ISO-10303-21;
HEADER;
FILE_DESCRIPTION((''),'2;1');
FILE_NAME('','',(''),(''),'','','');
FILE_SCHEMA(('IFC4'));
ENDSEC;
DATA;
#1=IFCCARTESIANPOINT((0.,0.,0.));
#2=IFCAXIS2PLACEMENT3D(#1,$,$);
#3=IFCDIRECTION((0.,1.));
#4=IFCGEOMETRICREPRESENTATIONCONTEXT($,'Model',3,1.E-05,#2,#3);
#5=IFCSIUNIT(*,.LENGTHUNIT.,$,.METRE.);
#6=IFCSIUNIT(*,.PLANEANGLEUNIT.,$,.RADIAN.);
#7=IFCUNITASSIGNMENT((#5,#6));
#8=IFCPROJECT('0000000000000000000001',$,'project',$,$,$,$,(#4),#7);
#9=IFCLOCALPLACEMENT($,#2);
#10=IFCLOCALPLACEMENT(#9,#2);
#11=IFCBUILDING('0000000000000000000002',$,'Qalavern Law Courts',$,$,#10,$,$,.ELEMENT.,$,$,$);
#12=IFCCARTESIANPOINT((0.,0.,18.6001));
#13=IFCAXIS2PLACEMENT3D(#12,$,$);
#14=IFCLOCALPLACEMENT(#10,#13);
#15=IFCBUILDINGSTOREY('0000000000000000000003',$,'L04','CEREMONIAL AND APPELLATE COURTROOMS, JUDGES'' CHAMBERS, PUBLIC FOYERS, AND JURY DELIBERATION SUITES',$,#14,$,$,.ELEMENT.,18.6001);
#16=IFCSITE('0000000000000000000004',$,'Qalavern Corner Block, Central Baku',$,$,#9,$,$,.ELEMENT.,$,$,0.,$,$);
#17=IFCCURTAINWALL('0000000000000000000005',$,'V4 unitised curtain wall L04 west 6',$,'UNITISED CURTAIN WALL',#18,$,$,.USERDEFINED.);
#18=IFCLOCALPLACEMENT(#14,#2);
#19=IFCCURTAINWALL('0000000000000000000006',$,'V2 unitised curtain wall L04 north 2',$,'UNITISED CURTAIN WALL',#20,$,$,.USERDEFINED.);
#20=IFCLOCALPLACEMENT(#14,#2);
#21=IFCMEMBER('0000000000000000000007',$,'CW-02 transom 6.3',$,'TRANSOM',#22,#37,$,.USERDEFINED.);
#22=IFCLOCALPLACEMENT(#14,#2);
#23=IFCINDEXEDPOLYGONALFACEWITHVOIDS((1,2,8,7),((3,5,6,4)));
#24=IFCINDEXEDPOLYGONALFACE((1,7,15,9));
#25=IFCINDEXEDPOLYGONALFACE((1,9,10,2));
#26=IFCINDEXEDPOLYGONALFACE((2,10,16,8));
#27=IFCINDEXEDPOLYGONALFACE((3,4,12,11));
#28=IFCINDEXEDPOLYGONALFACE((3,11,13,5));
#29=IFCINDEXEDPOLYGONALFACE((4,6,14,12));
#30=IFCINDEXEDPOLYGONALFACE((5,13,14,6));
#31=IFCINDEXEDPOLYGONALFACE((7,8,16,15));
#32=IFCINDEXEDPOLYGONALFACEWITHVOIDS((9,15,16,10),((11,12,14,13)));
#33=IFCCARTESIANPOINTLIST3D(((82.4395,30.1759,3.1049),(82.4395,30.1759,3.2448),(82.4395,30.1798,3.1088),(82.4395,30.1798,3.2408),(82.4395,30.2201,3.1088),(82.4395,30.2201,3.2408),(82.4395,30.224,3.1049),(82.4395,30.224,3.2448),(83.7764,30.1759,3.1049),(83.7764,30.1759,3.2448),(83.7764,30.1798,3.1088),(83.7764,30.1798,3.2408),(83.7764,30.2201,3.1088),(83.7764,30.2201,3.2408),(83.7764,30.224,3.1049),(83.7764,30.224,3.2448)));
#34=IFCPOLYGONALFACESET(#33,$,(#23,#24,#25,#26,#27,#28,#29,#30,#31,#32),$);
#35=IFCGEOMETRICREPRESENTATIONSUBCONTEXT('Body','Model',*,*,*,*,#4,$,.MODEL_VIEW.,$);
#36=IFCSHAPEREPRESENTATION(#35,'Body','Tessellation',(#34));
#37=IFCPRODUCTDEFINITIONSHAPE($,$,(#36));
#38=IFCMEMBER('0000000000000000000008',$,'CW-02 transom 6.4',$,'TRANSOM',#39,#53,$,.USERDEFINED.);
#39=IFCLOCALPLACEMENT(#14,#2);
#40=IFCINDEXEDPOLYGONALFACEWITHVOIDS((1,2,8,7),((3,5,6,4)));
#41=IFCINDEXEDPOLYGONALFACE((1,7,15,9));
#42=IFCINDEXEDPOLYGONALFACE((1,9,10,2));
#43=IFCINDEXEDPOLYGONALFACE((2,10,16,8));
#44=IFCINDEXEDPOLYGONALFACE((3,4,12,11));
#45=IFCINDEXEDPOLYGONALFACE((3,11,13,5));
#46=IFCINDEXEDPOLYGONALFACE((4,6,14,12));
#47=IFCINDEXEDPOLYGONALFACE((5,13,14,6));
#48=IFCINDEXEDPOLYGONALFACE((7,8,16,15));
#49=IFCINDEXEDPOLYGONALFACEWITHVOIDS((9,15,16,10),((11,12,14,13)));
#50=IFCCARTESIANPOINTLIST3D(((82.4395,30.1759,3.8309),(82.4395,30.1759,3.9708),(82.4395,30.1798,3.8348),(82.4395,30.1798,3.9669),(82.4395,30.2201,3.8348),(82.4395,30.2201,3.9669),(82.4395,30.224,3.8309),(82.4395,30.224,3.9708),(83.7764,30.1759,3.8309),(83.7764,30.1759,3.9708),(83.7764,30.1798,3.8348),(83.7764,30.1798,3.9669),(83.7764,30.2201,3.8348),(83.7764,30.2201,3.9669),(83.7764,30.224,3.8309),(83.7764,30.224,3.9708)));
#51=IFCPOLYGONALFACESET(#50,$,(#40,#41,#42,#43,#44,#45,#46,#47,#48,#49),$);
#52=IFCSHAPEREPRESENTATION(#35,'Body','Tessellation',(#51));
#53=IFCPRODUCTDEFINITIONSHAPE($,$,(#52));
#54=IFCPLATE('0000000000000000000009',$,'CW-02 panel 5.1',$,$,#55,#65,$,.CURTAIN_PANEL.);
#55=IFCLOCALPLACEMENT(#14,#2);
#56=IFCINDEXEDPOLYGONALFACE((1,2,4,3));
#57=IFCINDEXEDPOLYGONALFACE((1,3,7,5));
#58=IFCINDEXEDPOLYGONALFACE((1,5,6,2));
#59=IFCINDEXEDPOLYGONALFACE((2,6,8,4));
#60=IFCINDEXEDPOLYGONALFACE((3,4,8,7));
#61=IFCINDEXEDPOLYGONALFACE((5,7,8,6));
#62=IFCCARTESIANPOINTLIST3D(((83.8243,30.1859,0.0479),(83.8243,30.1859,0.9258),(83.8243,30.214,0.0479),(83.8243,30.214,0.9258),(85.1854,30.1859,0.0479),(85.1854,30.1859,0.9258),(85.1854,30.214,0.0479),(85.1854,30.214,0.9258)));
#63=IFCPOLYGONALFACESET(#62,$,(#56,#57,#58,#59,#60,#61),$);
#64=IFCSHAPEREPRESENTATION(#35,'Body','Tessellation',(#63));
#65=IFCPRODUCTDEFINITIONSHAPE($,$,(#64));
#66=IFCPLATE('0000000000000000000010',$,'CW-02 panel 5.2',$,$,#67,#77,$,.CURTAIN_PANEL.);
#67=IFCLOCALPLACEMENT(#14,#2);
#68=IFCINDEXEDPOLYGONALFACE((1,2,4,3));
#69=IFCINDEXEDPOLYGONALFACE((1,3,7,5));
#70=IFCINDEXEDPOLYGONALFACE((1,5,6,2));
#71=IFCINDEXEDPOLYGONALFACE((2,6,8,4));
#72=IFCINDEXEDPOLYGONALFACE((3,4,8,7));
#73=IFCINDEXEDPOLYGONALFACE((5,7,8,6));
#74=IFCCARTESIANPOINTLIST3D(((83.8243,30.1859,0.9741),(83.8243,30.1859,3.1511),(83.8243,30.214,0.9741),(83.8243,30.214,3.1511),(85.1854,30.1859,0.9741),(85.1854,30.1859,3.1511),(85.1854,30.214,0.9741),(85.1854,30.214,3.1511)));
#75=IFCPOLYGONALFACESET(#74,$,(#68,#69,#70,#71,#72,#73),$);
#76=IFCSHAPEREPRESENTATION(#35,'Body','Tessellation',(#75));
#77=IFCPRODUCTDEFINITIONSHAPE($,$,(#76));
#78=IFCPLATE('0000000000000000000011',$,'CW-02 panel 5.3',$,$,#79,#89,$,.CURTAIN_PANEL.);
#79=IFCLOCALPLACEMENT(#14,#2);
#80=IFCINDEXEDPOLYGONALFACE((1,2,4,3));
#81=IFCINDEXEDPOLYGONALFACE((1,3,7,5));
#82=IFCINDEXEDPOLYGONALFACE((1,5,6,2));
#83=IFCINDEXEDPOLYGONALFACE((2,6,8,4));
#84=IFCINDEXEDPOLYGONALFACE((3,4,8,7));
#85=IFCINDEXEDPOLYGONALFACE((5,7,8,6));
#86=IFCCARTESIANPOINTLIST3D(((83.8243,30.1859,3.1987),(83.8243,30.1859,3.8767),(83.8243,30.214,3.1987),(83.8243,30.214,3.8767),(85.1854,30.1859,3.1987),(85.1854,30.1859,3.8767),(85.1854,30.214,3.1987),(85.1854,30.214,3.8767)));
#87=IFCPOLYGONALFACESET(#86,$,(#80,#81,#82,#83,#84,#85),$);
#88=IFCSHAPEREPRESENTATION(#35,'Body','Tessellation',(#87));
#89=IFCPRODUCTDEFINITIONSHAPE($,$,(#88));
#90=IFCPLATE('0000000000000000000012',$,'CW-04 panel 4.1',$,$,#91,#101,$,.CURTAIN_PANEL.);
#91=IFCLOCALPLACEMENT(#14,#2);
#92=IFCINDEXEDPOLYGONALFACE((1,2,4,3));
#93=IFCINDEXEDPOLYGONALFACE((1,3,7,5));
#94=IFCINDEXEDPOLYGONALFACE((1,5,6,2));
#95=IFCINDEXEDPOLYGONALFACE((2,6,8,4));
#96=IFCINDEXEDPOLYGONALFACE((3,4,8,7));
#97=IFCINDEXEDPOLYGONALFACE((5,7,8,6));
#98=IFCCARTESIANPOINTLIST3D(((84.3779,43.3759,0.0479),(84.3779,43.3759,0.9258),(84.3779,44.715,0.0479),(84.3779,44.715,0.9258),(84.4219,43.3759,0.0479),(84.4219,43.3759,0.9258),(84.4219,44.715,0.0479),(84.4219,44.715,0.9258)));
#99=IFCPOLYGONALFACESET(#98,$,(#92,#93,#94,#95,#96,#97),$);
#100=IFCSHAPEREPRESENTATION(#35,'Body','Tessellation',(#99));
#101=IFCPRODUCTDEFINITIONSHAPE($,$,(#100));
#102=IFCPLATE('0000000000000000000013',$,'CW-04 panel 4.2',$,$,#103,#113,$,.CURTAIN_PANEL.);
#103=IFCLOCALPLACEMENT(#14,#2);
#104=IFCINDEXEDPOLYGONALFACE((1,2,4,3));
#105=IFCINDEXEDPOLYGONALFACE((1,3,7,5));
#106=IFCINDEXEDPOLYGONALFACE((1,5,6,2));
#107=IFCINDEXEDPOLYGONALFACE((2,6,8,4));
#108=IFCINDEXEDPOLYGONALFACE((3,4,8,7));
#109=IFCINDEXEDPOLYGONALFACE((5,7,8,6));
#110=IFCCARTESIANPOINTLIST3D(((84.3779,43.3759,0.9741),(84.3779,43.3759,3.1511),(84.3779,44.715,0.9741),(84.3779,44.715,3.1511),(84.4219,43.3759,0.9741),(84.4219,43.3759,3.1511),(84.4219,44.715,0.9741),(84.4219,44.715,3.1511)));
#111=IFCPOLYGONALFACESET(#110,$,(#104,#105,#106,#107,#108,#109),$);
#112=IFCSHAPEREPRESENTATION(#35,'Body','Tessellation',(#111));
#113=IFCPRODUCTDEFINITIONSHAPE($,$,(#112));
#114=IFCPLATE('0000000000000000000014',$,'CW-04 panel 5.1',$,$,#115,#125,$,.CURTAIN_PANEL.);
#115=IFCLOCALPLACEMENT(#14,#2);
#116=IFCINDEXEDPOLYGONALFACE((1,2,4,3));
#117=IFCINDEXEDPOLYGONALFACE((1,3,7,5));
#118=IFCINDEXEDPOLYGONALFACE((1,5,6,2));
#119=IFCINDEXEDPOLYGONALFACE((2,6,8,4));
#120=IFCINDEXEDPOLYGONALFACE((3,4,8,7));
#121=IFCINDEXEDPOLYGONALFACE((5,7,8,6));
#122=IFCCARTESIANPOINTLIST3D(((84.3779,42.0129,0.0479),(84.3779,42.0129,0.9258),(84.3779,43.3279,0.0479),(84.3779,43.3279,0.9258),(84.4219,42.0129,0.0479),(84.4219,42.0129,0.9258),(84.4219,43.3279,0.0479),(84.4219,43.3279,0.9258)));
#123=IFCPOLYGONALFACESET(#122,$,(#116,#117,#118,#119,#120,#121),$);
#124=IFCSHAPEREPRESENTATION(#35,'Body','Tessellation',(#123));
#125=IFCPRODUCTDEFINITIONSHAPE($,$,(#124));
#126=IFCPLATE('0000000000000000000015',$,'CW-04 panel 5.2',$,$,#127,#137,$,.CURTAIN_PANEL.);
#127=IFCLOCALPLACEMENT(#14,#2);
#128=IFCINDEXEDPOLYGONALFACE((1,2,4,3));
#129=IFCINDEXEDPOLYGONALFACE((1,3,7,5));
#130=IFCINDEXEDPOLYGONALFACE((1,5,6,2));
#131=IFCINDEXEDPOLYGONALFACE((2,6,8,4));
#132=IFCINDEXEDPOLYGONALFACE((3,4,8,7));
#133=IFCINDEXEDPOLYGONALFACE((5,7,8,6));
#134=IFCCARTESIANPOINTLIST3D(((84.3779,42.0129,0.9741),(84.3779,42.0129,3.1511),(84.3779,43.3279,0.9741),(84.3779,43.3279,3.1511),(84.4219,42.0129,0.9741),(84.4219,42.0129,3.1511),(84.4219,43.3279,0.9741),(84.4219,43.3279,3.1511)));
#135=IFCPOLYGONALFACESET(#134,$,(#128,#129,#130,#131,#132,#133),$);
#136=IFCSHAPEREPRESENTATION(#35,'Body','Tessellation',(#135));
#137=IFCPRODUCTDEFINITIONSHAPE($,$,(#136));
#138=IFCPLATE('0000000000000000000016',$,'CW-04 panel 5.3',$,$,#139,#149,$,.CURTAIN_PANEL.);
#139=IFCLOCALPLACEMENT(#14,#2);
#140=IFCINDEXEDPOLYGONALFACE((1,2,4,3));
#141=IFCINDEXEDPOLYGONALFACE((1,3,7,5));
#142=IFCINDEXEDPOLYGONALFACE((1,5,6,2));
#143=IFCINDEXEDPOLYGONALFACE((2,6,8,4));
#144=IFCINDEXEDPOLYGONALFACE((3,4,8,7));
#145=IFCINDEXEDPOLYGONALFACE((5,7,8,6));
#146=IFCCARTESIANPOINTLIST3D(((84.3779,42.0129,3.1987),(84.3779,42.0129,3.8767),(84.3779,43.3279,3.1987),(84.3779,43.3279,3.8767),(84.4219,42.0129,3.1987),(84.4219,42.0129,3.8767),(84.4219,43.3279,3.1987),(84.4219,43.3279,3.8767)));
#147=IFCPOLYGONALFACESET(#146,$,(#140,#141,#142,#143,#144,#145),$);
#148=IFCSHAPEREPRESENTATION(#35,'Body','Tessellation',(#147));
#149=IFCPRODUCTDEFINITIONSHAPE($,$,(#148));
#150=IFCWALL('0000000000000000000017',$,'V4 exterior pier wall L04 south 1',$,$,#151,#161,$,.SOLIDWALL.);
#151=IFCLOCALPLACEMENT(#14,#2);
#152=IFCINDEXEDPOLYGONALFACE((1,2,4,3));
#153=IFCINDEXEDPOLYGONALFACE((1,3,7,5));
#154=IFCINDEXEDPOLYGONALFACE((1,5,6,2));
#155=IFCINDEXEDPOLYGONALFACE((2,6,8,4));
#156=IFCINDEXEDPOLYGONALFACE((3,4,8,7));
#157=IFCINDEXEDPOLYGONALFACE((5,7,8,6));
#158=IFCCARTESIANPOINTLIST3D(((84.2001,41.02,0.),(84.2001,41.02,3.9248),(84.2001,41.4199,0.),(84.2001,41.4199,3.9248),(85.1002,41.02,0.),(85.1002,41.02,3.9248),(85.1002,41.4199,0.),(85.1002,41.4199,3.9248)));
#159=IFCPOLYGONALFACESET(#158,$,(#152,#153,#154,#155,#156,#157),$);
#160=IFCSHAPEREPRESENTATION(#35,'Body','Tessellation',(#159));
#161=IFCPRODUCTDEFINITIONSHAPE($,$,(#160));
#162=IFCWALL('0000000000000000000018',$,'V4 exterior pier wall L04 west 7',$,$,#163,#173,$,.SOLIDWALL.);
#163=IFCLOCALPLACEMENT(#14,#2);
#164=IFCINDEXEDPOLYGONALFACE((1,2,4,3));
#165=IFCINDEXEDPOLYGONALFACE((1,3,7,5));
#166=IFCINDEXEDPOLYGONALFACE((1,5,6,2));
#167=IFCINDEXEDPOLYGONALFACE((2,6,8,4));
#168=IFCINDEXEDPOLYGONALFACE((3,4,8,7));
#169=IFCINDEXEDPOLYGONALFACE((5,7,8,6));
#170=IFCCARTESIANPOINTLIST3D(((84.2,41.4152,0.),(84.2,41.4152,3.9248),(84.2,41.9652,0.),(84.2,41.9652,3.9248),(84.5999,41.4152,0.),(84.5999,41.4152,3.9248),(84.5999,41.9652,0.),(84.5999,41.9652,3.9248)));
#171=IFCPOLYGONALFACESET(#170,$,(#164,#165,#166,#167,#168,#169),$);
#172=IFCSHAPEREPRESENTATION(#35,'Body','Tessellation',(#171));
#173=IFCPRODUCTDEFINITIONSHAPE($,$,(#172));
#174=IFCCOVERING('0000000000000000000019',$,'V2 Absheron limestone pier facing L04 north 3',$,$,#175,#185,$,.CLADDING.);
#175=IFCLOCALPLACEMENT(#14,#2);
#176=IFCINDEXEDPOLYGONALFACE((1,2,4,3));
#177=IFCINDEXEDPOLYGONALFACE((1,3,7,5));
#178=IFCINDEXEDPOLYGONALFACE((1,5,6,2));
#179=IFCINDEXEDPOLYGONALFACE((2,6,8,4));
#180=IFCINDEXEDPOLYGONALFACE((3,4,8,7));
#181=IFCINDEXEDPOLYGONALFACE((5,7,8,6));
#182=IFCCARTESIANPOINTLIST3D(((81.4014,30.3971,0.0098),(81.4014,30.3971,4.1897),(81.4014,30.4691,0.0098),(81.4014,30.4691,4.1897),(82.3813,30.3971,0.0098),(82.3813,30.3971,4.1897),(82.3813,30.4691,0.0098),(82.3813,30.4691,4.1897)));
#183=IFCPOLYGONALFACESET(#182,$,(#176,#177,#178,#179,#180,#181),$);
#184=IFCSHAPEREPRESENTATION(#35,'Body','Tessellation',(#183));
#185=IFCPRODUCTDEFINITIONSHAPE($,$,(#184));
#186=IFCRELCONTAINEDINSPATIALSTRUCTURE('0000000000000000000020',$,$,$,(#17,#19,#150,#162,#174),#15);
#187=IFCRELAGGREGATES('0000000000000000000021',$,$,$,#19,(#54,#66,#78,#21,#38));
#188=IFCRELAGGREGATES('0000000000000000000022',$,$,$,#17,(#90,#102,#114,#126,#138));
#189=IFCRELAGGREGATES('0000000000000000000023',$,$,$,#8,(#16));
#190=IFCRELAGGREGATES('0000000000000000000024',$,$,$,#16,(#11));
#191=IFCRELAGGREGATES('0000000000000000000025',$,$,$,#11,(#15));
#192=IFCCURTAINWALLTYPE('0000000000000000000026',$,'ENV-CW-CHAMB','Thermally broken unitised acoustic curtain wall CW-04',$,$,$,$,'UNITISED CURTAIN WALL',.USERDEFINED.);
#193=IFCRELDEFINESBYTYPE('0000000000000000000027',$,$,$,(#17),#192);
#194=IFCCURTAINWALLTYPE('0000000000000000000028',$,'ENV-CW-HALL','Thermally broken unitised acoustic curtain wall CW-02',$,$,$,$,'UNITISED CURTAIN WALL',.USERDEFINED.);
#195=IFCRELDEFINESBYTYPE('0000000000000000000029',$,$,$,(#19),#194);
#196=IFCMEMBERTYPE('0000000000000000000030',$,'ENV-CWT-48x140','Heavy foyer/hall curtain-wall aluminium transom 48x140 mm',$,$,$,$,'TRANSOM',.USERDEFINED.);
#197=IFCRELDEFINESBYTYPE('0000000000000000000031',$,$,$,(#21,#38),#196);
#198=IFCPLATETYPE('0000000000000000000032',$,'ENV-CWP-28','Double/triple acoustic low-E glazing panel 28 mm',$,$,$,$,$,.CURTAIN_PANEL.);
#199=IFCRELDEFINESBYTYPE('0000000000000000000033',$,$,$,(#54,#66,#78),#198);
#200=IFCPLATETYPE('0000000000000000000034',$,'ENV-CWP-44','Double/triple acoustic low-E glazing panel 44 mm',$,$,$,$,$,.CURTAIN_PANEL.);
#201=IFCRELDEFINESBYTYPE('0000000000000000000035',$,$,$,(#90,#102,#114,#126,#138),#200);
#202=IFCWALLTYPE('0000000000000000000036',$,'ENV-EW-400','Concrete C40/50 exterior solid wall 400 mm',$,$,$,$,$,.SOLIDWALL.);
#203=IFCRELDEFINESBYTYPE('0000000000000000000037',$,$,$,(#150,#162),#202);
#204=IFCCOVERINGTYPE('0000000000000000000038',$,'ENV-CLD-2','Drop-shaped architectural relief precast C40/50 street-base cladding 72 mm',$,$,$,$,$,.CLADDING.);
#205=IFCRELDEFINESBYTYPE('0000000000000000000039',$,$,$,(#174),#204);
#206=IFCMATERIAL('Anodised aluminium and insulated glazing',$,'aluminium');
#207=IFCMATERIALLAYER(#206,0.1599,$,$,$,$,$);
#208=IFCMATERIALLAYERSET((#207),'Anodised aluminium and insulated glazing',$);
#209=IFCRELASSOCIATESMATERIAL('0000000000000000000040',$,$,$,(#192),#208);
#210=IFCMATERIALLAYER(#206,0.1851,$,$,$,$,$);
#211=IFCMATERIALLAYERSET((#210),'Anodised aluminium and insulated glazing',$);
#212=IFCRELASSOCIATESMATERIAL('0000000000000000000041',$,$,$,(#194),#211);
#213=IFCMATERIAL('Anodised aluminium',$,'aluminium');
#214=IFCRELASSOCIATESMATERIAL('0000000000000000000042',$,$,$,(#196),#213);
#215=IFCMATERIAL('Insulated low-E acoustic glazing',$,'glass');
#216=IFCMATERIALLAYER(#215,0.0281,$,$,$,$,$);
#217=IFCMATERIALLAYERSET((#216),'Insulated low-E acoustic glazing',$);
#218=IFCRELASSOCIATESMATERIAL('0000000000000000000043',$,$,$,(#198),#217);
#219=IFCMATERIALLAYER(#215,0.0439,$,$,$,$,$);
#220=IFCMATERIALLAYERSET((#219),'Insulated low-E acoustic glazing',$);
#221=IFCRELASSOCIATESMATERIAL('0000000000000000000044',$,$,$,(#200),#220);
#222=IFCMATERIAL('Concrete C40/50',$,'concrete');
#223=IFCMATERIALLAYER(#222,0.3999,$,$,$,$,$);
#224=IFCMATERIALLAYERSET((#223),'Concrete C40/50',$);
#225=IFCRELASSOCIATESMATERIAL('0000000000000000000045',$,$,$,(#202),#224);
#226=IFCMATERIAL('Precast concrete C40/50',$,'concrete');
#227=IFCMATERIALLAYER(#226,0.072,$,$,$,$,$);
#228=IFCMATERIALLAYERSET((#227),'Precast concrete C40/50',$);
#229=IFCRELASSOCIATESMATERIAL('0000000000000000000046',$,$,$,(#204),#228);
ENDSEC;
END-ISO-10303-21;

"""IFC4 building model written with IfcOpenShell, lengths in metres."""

from ifc_helpers import new_model, si_unit, direction, frame, frame_2d, origin, origin_2d, place, context, subcontext, project, spatial, rectangle, hollow_rectangle, extrude, material, layer, layer_set, material_profile, profile_set, type_object, element, aggregate, save


model = new_model("IFC4")

# Units and contexts
model_context = context("Model", 3, precision=1e-05, world=origin(), true_north=direction((0.0, 1.0)))
body_context = subcontext(model_context, "Body", "Model", "MODEL_VIEW")
ifc_project = project(units=[si_unit("LENGTHUNIT", "METRE"), si_unit("PLANEANGLEUNIT", "RADIAN")], contexts=[model_context])

# Site, building, storey
site_placement = place(None, origin())
site = spatial("IfcSite", under=ifc_project, at=site_placement, Name="Qalavern Corner Block, Central Baku", CompositionType="ELEMENT", RefElevation=0.0)
building_placement = place(site_placement, origin())
building = spatial("IfcBuilding", under=site, at=building_placement, Name="Qalavern Law Courts", CompositionType="ELEMENT")
storey_placement = place(building_placement, frame((0.0, 0.0, 18.6001)))
storey = spatial("IfcBuildingStorey", under=building, at=storey_placement, Name="L04", Description="CEREMONIAL AND APPELLATE COURTROOMS, JUDGES' CHAMBERS, PUBLIC FOYERS, AND JURY DELIBERATION SUITES", CompositionType="ELEMENT", Elevation=18.6001)

# Curtain wall
ifc_material_1 = material(Name="Anodised aluminium and insulated glazing", Category="aluminium")
ifc_layer_1 = layer(ifc_material_1, 0.1599)
ifc_layer_set_1 = layer_set([ifc_layer_1], Name="Anodised aluminium and insulated glazing")
curtain_wall_type_1 = type_object("IfcCurtainWallType", Name="ENV-CW-CHAMB", Description="Thermally broken unitised acoustic curtain wall CW-04", ElementType="UNITISED CURTAIN WALL", PredefinedType="USERDEFINED", material=ifc_layer_set_1)
curtain_wall_1_placement = place(storey_placement, origin())
curtain_wall_1 = element("IfcCurtainWall", 1, at=curtain_wall_1_placement, inside=storey, type_object=curtain_wall_type_1, Name="V4 unitised curtain wall L04 west 6", ObjectType="UNITISED CURTAIN WALL", PredefinedType="USERDEFINED")
ifc_material_2 = material(Name="Anodised aluminium", Category="aluminium")

# Curtain wall
ifc_layer_2 = layer(ifc_material_1, 0.1851)
ifc_layer_set_2 = layer_set([ifc_layer_2], Name="Anodised aluminium and insulated glazing")
curtain_wall_type_2 = type_object("IfcCurtainWallType", Name="ENV-CW-HALL", Description="Thermally broken unitised acoustic curtain wall CW-02", ElementType="UNITISED CURTAIN WALL", PredefinedType="USERDEFINED", material=ifc_layer_set_2)
curtain_wall_2_placement = place(storey_placement, origin())
curtain_wall_2 = element("IfcCurtainWall", 2, at=curtain_wall_2_placement, inside=storey, type_object=curtain_wall_type_2, Name="V2 unitised curtain wall L04 north 2", ObjectType="UNITISED CURTAIN WALL", PredefinedType="USERDEFINED")

# Members
ifc_material_profile_1 = material_profile(ifc_material_2, hollow_rectangle(XDim=0.0481, YDim=0.1399, WallThickness=0.0039, at=origin_2d()), Name="ALU TRANSOM 48x140")
ifc_profile_set_1 = profile_set([ifc_material_profile_1], Name="Anodised aluminium")
member_type_1 = type_object("IfcMemberType", Name="ENV-CWT-48x140", Description="Heavy foyer/hall curtain-wall aluminium transom 48x140 mm", ElementType="TRANSOM", PredefinedType="USERDEFINED", material=ifc_profile_set_1)
member_1_placement = place(storey_placement, frame((83.7764, 30.2, 3.1748), z_axis=(-1.0, 0.0, 0.0), x_axis=(0.0, -1.0, 0.0)))
member_1 = element("IfcMember", 3, at=member_1_placement, type_object=member_type_1, Name="CW-02 transom 6.3", ObjectType="TRANSOM", PredefinedType="USERDEFINED", context=body_context, shape_type="SweptSolid", body=[
    extrude(hollow_rectangle(XDim=0.0481, YDim=0.1399, WallThickness=0.0039, at=origin_2d()), origin(), (0.0, 0.0, 1.0), 1.3369),
])
member_2_placement = place(storey_placement, frame((83.7764, 30.2, 3.9009), z_axis=(-1.0, 0.0, 0.0), x_axis=(0.0, -1.0, 0.0)))
member_2 = element("IfcMember", 4, at=member_2_placement, type_object=member_type_1, Name="CW-02 transom 6.4", ObjectType="TRANSOM", PredefinedType="USERDEFINED", context=body_context, shape_type="SweptSolid", body=[
    extrude(hollow_rectangle(XDim=0.0481, YDim=0.1399, WallThickness=0.0039, at=origin_2d()), origin(), (0.0, 0.0, 1.0), 1.3369),
])

# Plates
ifc_material_3 = material(Name="Insulated low-E acoustic glazing", Category="glass")
ifc_layer_3 = layer(ifc_material_3, 0.0281)
ifc_layer_set_3 = layer_set([ifc_layer_3], Name="Insulated low-E acoustic glazing")
plate_type_1 = type_object("IfcPlateType", Name="ENV-CWP-28", Description="Double/triple acoustic low-E glazing panel 28 mm", PredefinedType="CURTAIN_PANEL", material=ifc_layer_set_3)
plate_1_placement = place(storey_placement, frame((84.5049, 30.2, 0.0479), z_axis=(0.0, 0.0, 1.0), x_axis=(-1.0, 0.0, 0.0)))
plate_1 = element("IfcPlate", 5, at=plate_1_placement, type_object=plate_type_1, Name="CW-02 panel 5.1", PredefinedType="CURTAIN_PANEL", context=body_context, shape_type="SweptSolid", body=[
    extrude(rectangle(XDim=1.3611, YDim=0.0281, at=origin_2d()), origin(), (0.0, 0.0, 1.0), 0.8779),
])
plate_2_placement = place(storey_placement, frame((84.5049, 30.2, 0.9741), z_axis=(0.0, 0.0, 1.0), x_axis=(-1.0, 0.0, 0.0)))
plate_2 = element("IfcPlate", 6, at=plate_2_placement, type_object=plate_type_1, Name="CW-02 panel 5.2", PredefinedType="CURTAIN_PANEL", context=body_context, shape_type="SweptSolid", body=[
    extrude(rectangle(XDim=1.3611, YDim=0.0281, at=origin_2d()), origin(), (0.0, 0.0, 1.0), 2.177),
])
plate_3_placement = place(storey_placement, frame((84.5049, 30.2, 3.1987), z_axis=(0.0, 0.0, 1.0), x_axis=(-1.0, 0.0, 0.0)))
plate_3 = element("IfcPlate", 7, at=plate_3_placement, type_object=plate_type_1, Name="CW-02 panel 5.3", PredefinedType="CURTAIN_PANEL", context=body_context, shape_type="SweptSolid", body=[
    extrude(rectangle(XDim=1.3611, YDim=0.0281, at=origin_2d()), origin(), (0.0, 0.0, 1.0), 0.678),
])
aggregate(curtain_wall_2, [plate_1, plate_2, plate_3, member_1, member_2])
ifc_layer_4 = layer(ifc_material_3, 0.0439)
ifc_layer_set_4 = layer_set([ifc_layer_4], Name="Insulated low-E acoustic glazing")
plate_type_2 = type_object("IfcPlateType", Name="ENV-CWP-44", Description="Double/triple acoustic low-E glazing panel 44 mm", PredefinedType="CURTAIN_PANEL", material=ifc_layer_set_4)
plate_4_placement = place(storey_placement, frame((84.3999, 44.0454, 0.0479), z_axis=(0.0, 0.0, 1.0), x_axis=(0.0, -1.0, 0.0)))
plate_4 = element("IfcPlate", 8, at=plate_4_placement, type_object=plate_type_2, Name="CW-04 panel 4.1", PredefinedType="CURTAIN_PANEL", context=body_context, shape_type="SweptSolid", body=[
    extrude(rectangle(XDim=1.3391, YDim=0.0439, at=origin_2d()), origin(), (0.0, 0.0, 1.0), 0.8779),
])
plate_5_placement = place(storey_placement, frame((84.3999, 44.0454, 0.9741), z_axis=(0.0, 0.0, 1.0), x_axis=(0.0, -1.0, 0.0)))
plate_5 = element("IfcPlate", 9, at=plate_5_placement, type_object=plate_type_2, Name="CW-04 panel 4.2", PredefinedType="CURTAIN_PANEL", context=body_context, shape_type="SweptSolid", body=[
    extrude(rectangle(XDim=1.3391, YDim=0.0439, at=origin_2d()), origin(), (0.0, 0.0, 1.0), 2.177),
])
plate_6_placement = place(storey_placement, frame((84.3999, 42.6704, 0.0479), z_axis=(0.0, 0.0, 1.0), x_axis=(0.0, -1.0, 0.0)))
plate_6 = element("IfcPlate", 10, at=plate_6_placement, type_object=plate_type_2, Name="CW-04 panel 5.1", PredefinedType="CURTAIN_PANEL", context=body_context, shape_type="SweptSolid", body=[
    extrude(rectangle(XDim=1.3149, YDim=0.0439, at=origin_2d()), origin(), (0.0, 0.0, 1.0), 0.8779),
])
plate_7_placement = place(storey_placement, frame((84.3999, 42.6704, 0.9741), z_axis=(0.0, 0.0, 1.0), x_axis=(0.0, -1.0, 0.0)))
plate_7 = element("IfcPlate", 11, at=plate_7_placement, type_object=plate_type_2, Name="CW-04 panel 5.2", PredefinedType="CURTAIN_PANEL", context=body_context, shape_type="SweptSolid", body=[
    extrude(rectangle(XDim=1.3149, YDim=0.0439, at=origin_2d()), origin(), (0.0, 0.0, 1.0), 2.177),
])
plate_8_placement = place(storey_placement, frame((84.3999, 42.6704, 3.1987), z_axis=(0.0, 0.0, 1.0), x_axis=(0.0, -1.0, 0.0)))
plate_8 = element("IfcPlate", 12, at=plate_8_placement, type_object=plate_type_2, Name="CW-04 panel 5.3", PredefinedType="CURTAIN_PANEL", context=body_context, shape_type="SweptSolid", body=[
    extrude(rectangle(XDim=1.3149, YDim=0.0439, at=origin_2d()), origin(), (0.0, 0.0, 1.0), 0.678),
])
aggregate(curtain_wall_1, [plate_4, plate_5, plate_6, plate_7, plate_8])

# Walls
ifc_material_4 = material(Name="Concrete C40/50", Category="concrete")
ifc_layer_5 = layer(ifc_material_4, 0.3999)
ifc_layer_set_5 = layer_set([ifc_layer_5], Name="Concrete C40/50")
wall_type = type_object("IfcWallType", Name="ENV-EW-400", Description="Concrete C40/50 exterior solid wall 400 mm", PredefinedType="SOLIDWALL", material=ifc_layer_set_5)
wall_1_placement = place(storey_placement, frame((84.2, 41.22, 0.0), z_axis=(0.0, 0.0, 1.0), x_axis=(1.0, 0.0, 0.0)))
element("IfcWall", 13, at=wall_1_placement, inside=storey, type_object=wall_type, Name="V4 exterior pier wall L04 south 1", PredefinedType="SOLIDWALL", context=body_context, shape_type="SweptSolid", body=[
    extrude(rectangle(XDim=0.9001, YDim=0.3999, at=frame_2d((0.4502, 0.0))), origin(), (0.0, 0.0, 1.0), 3.9248),
])
wall_2_placement = place(storey_placement, frame((84.3999, 41.9651, 0.0), z_axis=(0.0, 0.0, 1.0), x_axis=(0.0, -1.0, 0.0)))
element("IfcWall", 14, at=wall_2_placement, inside=storey, type_object=wall_type, Name="V4 exterior pier wall L04 west 7", PredefinedType="SOLIDWALL", context=body_context, shape_type="SweptSolid", body=[
    extrude(rectangle(XDim=0.55, YDim=0.3999, at=frame_2d((0.2749, 0.0))), origin(), (0.0, 0.0, 1.0), 3.9248),
])

# Covering
ifc_material_5 = material(Name="Precast concrete C40/50", Category="concrete")
ifc_layer_6 = layer(ifc_material_5, 0.072)
ifc_layer_set_6 = layer_set([ifc_layer_6], Name="Precast concrete C40/50")
covering_type = type_object("IfcCoveringType", Name="ENV-CLD-2", Description="Drop-shaped architectural relief precast C40/50 street-base cladding 72 mm", PredefinedType="CLADDING", material=ifc_layer_set_6)
covering_1_placement = place(storey_placement, frame((81.8914, 30.4331, 0.0098), z_axis=(0.0, 0.0, 1.0), x_axis=(-1.0, 0.0, 0.0)))
element("IfcCovering", 15, at=covering_1_placement, inside=storey, type_object=covering_type, Name="V2 Absheron limestone pier facing L04 north 3", PredefinedType="CLADDING", context=body_context, shape_type="SweptSolid", body=[
    extrude(rectangle(XDim=0.98, YDim=0.072, at=origin_2d()), origin(), (0.0, 0.0, 1.0), 4.1799),
])

save(model, "model.ifc")
